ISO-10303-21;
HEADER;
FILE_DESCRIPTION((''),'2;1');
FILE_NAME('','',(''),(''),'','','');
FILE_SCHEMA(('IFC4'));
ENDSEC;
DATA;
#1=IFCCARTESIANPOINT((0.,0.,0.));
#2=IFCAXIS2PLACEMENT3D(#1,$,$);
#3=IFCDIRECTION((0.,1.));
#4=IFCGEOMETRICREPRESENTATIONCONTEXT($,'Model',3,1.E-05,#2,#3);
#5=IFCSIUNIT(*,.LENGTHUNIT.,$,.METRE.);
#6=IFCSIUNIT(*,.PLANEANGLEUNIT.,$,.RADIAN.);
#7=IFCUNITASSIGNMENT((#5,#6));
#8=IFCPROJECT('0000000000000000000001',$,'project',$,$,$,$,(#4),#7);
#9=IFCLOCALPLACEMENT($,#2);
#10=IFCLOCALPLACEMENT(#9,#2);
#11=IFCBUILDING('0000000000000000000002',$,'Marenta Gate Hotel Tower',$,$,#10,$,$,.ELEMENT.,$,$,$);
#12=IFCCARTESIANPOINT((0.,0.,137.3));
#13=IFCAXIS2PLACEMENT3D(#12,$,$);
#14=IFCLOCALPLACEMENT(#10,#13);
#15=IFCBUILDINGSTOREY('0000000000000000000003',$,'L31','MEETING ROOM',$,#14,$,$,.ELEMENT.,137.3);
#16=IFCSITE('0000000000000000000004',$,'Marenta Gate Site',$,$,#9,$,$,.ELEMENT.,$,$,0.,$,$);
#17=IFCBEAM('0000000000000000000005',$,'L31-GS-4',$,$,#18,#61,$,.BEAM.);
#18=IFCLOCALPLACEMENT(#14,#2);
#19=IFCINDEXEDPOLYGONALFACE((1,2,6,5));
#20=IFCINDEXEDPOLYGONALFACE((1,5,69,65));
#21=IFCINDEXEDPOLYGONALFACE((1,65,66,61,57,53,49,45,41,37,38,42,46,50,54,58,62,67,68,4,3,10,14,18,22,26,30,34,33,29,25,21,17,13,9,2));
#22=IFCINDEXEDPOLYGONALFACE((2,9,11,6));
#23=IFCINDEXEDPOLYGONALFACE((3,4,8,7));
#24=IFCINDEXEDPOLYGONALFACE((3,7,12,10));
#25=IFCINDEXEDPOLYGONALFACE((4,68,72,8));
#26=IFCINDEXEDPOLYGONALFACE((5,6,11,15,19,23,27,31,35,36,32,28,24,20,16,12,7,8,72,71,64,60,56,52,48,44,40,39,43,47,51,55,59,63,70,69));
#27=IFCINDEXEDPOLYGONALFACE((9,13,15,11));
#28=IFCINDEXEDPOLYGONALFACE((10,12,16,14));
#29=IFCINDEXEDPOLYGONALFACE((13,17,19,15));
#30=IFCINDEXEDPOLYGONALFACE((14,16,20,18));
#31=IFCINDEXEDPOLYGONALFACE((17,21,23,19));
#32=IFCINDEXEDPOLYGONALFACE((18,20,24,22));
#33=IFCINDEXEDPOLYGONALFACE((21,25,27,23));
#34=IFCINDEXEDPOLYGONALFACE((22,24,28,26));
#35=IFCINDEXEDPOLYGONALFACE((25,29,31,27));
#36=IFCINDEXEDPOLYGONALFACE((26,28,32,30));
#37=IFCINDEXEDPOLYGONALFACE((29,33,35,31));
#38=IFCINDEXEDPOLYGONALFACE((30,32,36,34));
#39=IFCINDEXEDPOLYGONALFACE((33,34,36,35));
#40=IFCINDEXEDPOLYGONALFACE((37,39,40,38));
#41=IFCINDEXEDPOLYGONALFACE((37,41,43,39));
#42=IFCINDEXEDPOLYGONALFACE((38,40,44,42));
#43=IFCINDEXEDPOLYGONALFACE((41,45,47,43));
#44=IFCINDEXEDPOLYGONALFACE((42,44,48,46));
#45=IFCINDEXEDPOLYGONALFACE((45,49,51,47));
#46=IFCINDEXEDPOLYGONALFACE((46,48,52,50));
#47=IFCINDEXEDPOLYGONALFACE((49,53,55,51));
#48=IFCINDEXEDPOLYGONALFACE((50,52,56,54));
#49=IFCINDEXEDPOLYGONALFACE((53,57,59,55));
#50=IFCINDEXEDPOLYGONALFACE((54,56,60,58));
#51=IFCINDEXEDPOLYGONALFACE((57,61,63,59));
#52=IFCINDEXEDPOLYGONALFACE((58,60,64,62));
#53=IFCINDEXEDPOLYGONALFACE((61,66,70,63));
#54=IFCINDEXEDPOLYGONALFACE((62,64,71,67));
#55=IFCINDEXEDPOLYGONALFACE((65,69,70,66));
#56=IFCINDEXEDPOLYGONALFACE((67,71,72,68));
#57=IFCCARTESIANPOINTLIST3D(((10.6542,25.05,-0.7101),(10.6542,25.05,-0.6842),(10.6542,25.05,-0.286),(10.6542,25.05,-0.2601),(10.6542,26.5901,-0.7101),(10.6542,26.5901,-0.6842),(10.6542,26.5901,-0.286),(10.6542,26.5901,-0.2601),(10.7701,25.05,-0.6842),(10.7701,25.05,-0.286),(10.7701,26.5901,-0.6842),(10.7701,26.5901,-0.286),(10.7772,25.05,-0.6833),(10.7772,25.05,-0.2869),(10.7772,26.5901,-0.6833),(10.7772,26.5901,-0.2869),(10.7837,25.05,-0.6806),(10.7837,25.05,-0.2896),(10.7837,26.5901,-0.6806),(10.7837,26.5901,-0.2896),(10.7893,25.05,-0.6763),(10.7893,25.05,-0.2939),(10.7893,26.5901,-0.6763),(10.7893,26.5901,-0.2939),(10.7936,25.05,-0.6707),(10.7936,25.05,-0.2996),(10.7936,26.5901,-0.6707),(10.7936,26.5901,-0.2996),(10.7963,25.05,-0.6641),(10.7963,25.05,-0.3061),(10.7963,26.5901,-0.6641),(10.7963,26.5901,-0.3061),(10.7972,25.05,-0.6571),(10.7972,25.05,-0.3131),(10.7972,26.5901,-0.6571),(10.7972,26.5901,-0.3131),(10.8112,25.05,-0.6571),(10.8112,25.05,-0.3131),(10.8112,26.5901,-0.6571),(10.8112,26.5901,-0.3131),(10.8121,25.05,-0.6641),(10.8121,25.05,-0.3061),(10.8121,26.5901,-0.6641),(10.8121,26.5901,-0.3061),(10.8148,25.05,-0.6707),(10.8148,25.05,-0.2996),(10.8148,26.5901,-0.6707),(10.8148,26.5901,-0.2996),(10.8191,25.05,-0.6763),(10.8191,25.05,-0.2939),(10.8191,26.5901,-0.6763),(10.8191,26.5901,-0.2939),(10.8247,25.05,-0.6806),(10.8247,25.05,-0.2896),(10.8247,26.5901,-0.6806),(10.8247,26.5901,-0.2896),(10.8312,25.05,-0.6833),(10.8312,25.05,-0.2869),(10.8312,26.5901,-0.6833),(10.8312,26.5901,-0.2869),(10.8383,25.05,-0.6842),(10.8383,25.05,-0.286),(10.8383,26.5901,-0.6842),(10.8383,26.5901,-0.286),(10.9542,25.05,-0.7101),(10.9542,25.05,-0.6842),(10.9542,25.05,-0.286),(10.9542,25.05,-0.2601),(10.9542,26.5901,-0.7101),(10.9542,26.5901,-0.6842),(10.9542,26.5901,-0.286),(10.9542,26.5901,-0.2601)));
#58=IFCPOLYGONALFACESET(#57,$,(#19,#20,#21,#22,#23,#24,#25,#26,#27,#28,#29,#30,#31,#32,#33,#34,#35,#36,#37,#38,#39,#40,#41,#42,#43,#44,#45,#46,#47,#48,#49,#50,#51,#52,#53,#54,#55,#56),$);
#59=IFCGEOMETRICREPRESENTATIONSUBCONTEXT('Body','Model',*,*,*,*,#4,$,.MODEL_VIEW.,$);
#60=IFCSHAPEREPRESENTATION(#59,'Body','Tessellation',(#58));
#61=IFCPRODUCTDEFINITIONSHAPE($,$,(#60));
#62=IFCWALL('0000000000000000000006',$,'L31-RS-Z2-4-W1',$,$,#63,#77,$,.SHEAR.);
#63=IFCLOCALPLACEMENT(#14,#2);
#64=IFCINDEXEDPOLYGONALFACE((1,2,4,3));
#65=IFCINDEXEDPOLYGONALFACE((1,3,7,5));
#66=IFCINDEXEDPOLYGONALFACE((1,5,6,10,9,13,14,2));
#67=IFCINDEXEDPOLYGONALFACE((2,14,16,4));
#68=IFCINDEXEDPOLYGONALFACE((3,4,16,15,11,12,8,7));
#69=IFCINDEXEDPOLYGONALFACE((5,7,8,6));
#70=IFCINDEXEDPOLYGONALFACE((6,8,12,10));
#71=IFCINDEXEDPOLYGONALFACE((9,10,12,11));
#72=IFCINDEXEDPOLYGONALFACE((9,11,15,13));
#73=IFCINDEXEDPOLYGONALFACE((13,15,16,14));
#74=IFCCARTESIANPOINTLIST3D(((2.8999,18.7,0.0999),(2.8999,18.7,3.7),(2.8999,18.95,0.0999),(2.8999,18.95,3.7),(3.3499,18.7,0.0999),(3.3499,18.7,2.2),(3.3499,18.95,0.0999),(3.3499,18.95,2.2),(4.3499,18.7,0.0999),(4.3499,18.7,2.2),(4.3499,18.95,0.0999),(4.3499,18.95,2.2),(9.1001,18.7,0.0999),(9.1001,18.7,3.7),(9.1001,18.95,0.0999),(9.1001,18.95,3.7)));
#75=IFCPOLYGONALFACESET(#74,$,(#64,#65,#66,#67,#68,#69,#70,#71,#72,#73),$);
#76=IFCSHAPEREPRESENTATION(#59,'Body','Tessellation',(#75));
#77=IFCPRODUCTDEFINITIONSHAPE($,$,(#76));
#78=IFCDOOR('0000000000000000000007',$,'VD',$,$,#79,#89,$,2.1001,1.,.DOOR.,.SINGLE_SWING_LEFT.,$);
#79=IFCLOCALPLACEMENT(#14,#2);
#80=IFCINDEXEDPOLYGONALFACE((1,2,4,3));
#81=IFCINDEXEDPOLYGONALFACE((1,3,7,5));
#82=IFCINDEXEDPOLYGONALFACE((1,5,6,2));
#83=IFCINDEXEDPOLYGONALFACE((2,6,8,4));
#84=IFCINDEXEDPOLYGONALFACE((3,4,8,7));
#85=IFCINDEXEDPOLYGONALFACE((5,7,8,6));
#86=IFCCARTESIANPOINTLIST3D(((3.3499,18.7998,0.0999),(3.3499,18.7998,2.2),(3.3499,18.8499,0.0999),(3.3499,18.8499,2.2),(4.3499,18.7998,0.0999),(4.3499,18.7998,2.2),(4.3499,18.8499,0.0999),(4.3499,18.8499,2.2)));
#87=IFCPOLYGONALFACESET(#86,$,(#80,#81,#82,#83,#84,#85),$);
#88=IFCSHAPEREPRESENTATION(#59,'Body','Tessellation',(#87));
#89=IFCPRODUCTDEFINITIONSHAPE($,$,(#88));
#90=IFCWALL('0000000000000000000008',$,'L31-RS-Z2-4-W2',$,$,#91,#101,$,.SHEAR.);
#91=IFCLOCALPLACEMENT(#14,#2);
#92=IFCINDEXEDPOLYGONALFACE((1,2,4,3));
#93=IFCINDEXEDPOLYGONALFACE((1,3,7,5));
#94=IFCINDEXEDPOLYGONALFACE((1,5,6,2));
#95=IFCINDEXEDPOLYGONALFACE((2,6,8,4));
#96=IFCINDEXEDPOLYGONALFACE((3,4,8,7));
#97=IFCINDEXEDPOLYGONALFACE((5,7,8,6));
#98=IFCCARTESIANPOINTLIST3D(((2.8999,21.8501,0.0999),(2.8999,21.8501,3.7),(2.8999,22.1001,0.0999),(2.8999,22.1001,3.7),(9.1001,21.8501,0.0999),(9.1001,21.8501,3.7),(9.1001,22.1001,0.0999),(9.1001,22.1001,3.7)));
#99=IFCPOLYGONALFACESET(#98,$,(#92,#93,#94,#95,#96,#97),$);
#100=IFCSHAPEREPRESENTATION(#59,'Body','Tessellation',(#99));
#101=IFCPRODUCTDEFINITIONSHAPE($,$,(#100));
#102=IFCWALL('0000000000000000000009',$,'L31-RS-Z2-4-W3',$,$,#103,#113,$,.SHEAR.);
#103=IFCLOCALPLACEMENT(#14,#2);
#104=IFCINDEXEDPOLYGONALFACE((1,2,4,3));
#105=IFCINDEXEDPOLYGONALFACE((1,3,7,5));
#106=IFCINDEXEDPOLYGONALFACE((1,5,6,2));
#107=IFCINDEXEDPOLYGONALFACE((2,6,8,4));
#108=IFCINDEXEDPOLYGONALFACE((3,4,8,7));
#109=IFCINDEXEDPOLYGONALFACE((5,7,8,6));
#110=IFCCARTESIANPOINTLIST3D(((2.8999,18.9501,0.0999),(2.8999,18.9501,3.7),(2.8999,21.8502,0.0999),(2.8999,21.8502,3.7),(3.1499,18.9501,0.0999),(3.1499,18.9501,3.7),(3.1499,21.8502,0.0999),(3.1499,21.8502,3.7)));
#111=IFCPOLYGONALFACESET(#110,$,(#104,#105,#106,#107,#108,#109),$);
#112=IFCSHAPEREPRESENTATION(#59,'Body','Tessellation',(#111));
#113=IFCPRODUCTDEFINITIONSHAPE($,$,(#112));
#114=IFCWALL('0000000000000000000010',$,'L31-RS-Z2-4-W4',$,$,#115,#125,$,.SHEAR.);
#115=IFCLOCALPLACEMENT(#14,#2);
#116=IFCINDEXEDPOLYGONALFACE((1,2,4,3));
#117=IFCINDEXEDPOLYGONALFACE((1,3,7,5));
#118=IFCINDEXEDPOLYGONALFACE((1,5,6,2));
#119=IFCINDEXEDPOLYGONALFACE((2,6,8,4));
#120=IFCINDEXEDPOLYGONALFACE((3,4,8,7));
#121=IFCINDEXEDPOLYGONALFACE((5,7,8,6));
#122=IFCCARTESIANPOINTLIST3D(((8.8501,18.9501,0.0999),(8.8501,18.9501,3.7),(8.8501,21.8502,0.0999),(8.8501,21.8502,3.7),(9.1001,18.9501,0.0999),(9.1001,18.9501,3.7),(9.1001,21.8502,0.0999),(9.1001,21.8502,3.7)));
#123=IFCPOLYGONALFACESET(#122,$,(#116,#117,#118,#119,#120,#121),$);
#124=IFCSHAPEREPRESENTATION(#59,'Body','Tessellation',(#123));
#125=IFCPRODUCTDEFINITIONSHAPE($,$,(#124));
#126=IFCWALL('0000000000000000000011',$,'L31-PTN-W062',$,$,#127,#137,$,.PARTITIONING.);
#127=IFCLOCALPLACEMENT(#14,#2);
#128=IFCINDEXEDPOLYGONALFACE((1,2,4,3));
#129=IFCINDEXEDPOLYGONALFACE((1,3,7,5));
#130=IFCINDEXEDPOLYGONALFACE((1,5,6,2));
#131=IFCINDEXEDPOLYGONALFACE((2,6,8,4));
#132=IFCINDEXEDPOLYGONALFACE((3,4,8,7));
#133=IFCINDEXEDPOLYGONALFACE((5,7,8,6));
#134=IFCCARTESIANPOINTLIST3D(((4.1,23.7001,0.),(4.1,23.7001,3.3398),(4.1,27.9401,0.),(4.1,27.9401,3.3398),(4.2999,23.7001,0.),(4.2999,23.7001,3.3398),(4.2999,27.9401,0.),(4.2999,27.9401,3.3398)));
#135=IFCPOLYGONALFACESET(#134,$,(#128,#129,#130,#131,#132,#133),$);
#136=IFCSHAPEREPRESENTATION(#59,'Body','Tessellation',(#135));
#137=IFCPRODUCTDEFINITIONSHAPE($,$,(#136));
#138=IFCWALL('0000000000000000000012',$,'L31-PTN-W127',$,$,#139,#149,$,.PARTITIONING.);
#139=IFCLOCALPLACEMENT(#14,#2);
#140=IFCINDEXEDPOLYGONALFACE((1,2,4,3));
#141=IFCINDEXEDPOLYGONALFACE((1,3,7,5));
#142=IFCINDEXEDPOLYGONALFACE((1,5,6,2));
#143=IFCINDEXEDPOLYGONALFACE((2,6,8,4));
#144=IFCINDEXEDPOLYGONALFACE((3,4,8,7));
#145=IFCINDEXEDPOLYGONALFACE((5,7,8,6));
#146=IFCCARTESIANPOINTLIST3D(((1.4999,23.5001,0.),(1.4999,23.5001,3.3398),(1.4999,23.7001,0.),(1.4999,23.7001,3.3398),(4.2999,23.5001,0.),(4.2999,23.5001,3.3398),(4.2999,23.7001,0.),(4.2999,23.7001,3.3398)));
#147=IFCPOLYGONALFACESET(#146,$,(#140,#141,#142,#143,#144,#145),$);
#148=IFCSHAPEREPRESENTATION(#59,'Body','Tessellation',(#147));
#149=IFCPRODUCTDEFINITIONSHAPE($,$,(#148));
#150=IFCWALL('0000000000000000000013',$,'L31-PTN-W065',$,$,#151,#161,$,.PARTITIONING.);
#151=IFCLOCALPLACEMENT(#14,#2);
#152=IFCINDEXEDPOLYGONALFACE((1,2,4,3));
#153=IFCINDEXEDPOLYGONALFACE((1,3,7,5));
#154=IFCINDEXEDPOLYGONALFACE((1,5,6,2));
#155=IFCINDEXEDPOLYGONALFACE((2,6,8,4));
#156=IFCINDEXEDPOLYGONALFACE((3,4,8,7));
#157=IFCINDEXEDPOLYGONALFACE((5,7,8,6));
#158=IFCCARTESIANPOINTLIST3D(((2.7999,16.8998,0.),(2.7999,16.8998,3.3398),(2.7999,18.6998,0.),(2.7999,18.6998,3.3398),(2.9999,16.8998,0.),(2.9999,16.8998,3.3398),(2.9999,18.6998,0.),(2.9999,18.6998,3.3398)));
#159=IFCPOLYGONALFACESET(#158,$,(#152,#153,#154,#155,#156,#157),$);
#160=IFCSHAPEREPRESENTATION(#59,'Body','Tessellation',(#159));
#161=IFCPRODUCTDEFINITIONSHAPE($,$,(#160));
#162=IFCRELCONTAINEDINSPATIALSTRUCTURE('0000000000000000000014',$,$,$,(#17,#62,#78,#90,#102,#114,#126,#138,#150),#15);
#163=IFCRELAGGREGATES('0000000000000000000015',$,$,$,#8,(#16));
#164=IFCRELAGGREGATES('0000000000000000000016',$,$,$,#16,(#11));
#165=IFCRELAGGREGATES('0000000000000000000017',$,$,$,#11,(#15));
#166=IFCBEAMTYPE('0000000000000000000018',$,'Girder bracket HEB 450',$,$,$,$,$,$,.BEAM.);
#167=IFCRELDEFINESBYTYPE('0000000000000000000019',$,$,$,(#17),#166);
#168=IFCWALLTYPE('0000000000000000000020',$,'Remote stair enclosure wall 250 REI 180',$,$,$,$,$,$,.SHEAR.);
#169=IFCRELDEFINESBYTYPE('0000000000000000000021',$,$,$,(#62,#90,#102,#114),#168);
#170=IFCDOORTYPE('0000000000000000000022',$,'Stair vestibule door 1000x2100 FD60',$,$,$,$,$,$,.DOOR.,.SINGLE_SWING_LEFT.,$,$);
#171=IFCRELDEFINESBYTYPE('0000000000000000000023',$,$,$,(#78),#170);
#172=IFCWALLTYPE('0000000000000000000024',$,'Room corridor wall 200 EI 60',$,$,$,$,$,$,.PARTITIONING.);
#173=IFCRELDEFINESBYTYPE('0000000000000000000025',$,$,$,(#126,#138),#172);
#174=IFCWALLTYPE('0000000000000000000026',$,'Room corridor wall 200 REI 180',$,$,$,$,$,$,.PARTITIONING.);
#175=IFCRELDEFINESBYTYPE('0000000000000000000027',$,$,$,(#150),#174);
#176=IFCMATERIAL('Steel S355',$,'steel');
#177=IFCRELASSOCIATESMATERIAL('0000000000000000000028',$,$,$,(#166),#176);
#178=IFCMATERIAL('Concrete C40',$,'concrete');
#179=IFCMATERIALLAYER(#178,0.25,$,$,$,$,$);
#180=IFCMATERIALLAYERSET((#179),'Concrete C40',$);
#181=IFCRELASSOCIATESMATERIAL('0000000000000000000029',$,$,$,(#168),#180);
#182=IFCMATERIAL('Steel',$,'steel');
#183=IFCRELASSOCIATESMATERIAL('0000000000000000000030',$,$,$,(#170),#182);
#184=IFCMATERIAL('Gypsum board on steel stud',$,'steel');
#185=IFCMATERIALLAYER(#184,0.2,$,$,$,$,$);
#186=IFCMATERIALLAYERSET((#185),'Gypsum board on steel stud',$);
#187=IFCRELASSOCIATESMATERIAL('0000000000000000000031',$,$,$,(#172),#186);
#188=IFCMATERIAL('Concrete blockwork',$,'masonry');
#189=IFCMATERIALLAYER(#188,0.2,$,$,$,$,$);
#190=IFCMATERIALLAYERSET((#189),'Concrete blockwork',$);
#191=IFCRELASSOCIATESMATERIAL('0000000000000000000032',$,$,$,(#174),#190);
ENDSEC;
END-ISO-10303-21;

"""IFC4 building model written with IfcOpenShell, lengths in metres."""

from ifc_helpers import new_model, si_unit, direction, frame, frame_2d, origin, origin_2d, place, context, subcontext, project, spatial, rectangle, i_section, extrude, material, layer, layer_set, material_profile, profile_set, type_object, element, fill, save


model = new_model("IFC4")

# Units and contexts
model_context = context("Model", 3, precision=1e-05, world=origin(), true_north=direction((0.0, 1.0)))
body_context = subcontext(model_context, "Body", "Model", "MODEL_VIEW")
ifc_project = project(units=[si_unit("LENGTHUNIT", "METRE"), si_unit("PLANEANGLEUNIT", "RADIAN")], contexts=[model_context])

# Site, building, storey
site_placement = place(None, origin())
site = spatial("IfcSite", under=ifc_project, at=site_placement, Name="Marenta Gate Site", CompositionType="ELEMENT", RefElevation=0.0)
building_placement = place(site_placement, origin())
building = spatial("IfcBuilding", under=site, at=building_placement, Name="Marenta Gate Hotel Tower", CompositionType="ELEMENT")
storey_placement = place(building_placement, frame((0.0, 0.0, 137.3)))
storey = spatial("IfcBuildingStorey", under=building, at=storey_placement, Name="L31", Description="MEETING ROOM", CompositionType="ELEMENT", Elevation=137.3)

# Beam
ifc_material_1 = material(Name="Steel S355", Category="steel")
ifc_material_profile_1 = material_profile(ifc_material_1, i_section(OverallWidth=0.3, OverallDepth=0.45, WebThickness=0.0139, FlangeThickness=0.0259, FilletRadius=0.0271, at=origin_2d()), Name="HEB 450")
ifc_profile_set_1 = profile_set([ifc_material_profile_1], Name="Steel S355")
beam_type_1 = type_object("IfcBeamType", Name="Girder bracket HEB 450", PredefinedType="BEAM", material=ifc_profile_set_1)
for number, where, z_axis, x_axis, name in (
    (1, (10.8042, 25.05, -0.4851), (0.0, 1.0, 0.0), (-1.0, 0.0, 0.0), "L31-GS-4"),
):
    element("IfcBeam", number, at=place(storey_placement, frame(where, z_axis=z_axis, x_axis=x_axis)), inside=storey, type_object=beam_type_1, Name=name, PredefinedType="BEAM", context=body_context, shape_type="SweptSolid", body=[
        extrude(i_section(OverallWidth=0.3, OverallDepth=0.45, WebThickness=0.0139, FlangeThickness=0.0259, FilletRadius=0.0271, at=origin_2d()), origin(), (0.0, 0.0, 1.0), 1.54),
    ])

# Wall, opening, door
ifc_material_2 = material(Name="Concrete C40", Category="concrete")
ifc_layer_1 = layer(ifc_material_2, 0.25)
ifc_layer_set_1 = layer_set([ifc_layer_1], Name="Concrete C40")
wall_type_1 = type_object("IfcWallType", Name="Remote stair enclosure wall 250 REI 180", PredefinedType="SHEAR", material=ifc_layer_set_1)
wall_1_placement = place(storey_placement, frame((2.8999, 18.825, 0.0999), z_axis=(0.0, 0.0, 1.0), x_axis=(1.0, 0.0, 0.0)))
wall_1 = element("IfcWall", 2, at=wall_1_placement, inside=storey, type_object=wall_type_1, Name="L31-RS-Z2-4-W1", PredefinedType="SHEAR", context=body_context, shape_type="SweptSolid", body=[
    extrude(rectangle(XDim=6.2002, YDim=0.25, at=frame_2d((3.1001, 0.0))), origin(), (0.0, 0.0, 1.0), 3.6001),
])
opening_1_placement = place(wall_1_placement, frame((0.45, 0.0, 0.0)))
opening_1 = element("IfcOpeningElement", 3, at=opening_1_placement, cuts=wall_1, PredefinedType="OPENING", context=body_context, shape_type="SweptSolid", body=[
    extrude(rectangle(XDim=1.0, YDim=2.1001, at=frame_2d((0.5, 1.05))), frame((0.0, 0.125, 0.0), z_axis=(0.0, -1.0, 0.0), x_axis=(1.0, 0.0, 0.0)), (0.0, 0.0, 1.0), 0.25),
])
ifc_material_3 = material(Name="Steel", Category="steel")
door_type_1 = type_object("IfcDoorType", Name="Stair vestibule door 1000x2100 FD60", OperationType="SINGLE_SWING_LEFT", PredefinedType="DOOR", material=ifc_material_3)
door_1_placement = place(opening_1_placement, origin())
door_1 = element("IfcDoor", 4, at=door_1_placement, inside=storey, type_object=door_type_1, Name="VD", OperationType="SINGLE_SWING_LEFT", OverallHeight=2.1001, OverallWidth=1.0, PredefinedType="DOOR", context=body_context, shape_type="SweptSolid", body=[
    extrude(rectangle(XDim=1.0, YDim=2.1001, at=frame_2d((0.5, 1.05))), frame((0.0, 0.0249, 0.0), z_axis=(0.0, -1.0, 0.0), x_axis=(1.0, 0.0, 0.0)), (0.0, 0.0, 1.0), 0.05),
])
fill(opening_1, door_1)

# Walls
wall_2_placement = place(storey_placement, frame((2.8999, 21.9751, 0.0999), z_axis=(0.0, 0.0, 1.0), x_axis=(1.0, 0.0, 0.0)))
element("IfcWall", 5, at=wall_2_placement, inside=storey, type_object=wall_type_1, Name="L31-RS-Z2-4-W2", PredefinedType="SHEAR", context=body_context, shape_type="SweptSolid", body=[
    extrude(rectangle(XDim=6.2002, YDim=0.25, at=frame_2d((3.1001, 0.0))), origin(), (0.0, 0.0, 1.0), 3.6001),
])
for number, where, z_axis, x_axis, name in (
    (6, (3.0249, 18.95, 0.0999), (0.0, 0.0, 1.0), (0.0, 1.0, 0.0), "L31-RS-Z2-4-W3"),
    (7, (8.9751, 18.95, 0.0999), (0.0, 0.0, 1.0), (0.0, 1.0, 0.0), "L31-RS-Z2-4-W4"),
):
    element("IfcWall", number, at=place(storey_placement, frame(where, z_axis=z_axis, x_axis=x_axis)), inside=storey, type_object=wall_type_1, Name=name, PredefinedType="SHEAR", context=body_context, shape_type="SweptSolid", body=[
        extrude(rectangle(XDim=2.9001, YDim=0.25, at=frame_2d((1.4502, 0.0))), origin(), (0.0, 0.0, 1.0), 3.6001),
    ])
ifc_material_4 = material(Name="Gypsum board on steel stud", Category="steel")
ifc_layer_2 = layer(ifc_material_4, 0.2)
ifc_layer_set_2 = layer_set([ifc_layer_2], Name="Gypsum board on steel stud")
wall_type_2 = type_object("IfcWallType", Name="Room corridor wall 200 EI 60", PredefinedType="PARTITIONING", material=ifc_layer_set_2)
wall_3_placement = place(storey_placement, frame((4.2, 23.7, 0.0), z_axis=(0.0, 0.0, 1.0), x_axis=(0.0, 1.0, 0.0)))
element("IfcWall", 8, at=wall_3_placement, inside=storey, type_object=wall_type_2, Name="L31-PTN-W062", PredefinedType="PARTITIONING", context=body_context, shape_type="SweptSolid", body=[
    extrude(rectangle(XDim=4.24, YDim=0.2, at=frame_2d((2.1201, 0.0))), origin(), (0.0, 0.0, 1.0), 3.3398),
])

# Wall
wall_4_placement = place(storey_placement, frame((1.5, 23.6001, 0.0), z_axis=(0.0, 0.0, 1.0), x_axis=(1.0, 0.0, 0.0)))
element("IfcWall", 9, at=wall_4_placement, inside=storey, type_object=wall_type_2, Name="L31-PTN-W127", PredefinedType="PARTITIONING", context=body_context, shape_type="SweptSolid", body=[
    extrude(rectangle(XDim=2.8, YDim=0.2, at=frame_2d((1.3999, 0.0))), origin(), (0.0, 0.0, 1.0), 3.3398),
])

# Shared definitions
ifc_material_5 = material(Name="Concrete blockwork", Category="masonry")
ifc_layer_3 = layer(ifc_material_5, 0.2)
ifc_layer_set_3 = layer_set([ifc_layer_3], Name="Concrete blockwork")
wall_type_3 = type_object("IfcWallType", Name="Room corridor wall 200 REI 180", PredefinedType="PARTITIONING", material=ifc_layer_set_3)

# Wall
wall_5_placement = place(storey_placement, frame((2.8999, 16.8999, 0.0), z_axis=(0.0, 0.0, 1.0), x_axis=(0.0, 1.0, 0.0)))
element("IfcWall", 10, at=wall_5_placement, inside=storey, type_object=wall_type_3, Name="L31-PTN-W065", PredefinedType="PARTITIONING", context=body_context, shape_type="SweptSolid", body=[
    extrude(rectangle(XDim=1.8, YDim=0.2, at=frame_2d((0.8999, 0.0))), origin(), (0.0, 0.0, 1.0), 3.3398),
])

save(model, "model.ifc")
